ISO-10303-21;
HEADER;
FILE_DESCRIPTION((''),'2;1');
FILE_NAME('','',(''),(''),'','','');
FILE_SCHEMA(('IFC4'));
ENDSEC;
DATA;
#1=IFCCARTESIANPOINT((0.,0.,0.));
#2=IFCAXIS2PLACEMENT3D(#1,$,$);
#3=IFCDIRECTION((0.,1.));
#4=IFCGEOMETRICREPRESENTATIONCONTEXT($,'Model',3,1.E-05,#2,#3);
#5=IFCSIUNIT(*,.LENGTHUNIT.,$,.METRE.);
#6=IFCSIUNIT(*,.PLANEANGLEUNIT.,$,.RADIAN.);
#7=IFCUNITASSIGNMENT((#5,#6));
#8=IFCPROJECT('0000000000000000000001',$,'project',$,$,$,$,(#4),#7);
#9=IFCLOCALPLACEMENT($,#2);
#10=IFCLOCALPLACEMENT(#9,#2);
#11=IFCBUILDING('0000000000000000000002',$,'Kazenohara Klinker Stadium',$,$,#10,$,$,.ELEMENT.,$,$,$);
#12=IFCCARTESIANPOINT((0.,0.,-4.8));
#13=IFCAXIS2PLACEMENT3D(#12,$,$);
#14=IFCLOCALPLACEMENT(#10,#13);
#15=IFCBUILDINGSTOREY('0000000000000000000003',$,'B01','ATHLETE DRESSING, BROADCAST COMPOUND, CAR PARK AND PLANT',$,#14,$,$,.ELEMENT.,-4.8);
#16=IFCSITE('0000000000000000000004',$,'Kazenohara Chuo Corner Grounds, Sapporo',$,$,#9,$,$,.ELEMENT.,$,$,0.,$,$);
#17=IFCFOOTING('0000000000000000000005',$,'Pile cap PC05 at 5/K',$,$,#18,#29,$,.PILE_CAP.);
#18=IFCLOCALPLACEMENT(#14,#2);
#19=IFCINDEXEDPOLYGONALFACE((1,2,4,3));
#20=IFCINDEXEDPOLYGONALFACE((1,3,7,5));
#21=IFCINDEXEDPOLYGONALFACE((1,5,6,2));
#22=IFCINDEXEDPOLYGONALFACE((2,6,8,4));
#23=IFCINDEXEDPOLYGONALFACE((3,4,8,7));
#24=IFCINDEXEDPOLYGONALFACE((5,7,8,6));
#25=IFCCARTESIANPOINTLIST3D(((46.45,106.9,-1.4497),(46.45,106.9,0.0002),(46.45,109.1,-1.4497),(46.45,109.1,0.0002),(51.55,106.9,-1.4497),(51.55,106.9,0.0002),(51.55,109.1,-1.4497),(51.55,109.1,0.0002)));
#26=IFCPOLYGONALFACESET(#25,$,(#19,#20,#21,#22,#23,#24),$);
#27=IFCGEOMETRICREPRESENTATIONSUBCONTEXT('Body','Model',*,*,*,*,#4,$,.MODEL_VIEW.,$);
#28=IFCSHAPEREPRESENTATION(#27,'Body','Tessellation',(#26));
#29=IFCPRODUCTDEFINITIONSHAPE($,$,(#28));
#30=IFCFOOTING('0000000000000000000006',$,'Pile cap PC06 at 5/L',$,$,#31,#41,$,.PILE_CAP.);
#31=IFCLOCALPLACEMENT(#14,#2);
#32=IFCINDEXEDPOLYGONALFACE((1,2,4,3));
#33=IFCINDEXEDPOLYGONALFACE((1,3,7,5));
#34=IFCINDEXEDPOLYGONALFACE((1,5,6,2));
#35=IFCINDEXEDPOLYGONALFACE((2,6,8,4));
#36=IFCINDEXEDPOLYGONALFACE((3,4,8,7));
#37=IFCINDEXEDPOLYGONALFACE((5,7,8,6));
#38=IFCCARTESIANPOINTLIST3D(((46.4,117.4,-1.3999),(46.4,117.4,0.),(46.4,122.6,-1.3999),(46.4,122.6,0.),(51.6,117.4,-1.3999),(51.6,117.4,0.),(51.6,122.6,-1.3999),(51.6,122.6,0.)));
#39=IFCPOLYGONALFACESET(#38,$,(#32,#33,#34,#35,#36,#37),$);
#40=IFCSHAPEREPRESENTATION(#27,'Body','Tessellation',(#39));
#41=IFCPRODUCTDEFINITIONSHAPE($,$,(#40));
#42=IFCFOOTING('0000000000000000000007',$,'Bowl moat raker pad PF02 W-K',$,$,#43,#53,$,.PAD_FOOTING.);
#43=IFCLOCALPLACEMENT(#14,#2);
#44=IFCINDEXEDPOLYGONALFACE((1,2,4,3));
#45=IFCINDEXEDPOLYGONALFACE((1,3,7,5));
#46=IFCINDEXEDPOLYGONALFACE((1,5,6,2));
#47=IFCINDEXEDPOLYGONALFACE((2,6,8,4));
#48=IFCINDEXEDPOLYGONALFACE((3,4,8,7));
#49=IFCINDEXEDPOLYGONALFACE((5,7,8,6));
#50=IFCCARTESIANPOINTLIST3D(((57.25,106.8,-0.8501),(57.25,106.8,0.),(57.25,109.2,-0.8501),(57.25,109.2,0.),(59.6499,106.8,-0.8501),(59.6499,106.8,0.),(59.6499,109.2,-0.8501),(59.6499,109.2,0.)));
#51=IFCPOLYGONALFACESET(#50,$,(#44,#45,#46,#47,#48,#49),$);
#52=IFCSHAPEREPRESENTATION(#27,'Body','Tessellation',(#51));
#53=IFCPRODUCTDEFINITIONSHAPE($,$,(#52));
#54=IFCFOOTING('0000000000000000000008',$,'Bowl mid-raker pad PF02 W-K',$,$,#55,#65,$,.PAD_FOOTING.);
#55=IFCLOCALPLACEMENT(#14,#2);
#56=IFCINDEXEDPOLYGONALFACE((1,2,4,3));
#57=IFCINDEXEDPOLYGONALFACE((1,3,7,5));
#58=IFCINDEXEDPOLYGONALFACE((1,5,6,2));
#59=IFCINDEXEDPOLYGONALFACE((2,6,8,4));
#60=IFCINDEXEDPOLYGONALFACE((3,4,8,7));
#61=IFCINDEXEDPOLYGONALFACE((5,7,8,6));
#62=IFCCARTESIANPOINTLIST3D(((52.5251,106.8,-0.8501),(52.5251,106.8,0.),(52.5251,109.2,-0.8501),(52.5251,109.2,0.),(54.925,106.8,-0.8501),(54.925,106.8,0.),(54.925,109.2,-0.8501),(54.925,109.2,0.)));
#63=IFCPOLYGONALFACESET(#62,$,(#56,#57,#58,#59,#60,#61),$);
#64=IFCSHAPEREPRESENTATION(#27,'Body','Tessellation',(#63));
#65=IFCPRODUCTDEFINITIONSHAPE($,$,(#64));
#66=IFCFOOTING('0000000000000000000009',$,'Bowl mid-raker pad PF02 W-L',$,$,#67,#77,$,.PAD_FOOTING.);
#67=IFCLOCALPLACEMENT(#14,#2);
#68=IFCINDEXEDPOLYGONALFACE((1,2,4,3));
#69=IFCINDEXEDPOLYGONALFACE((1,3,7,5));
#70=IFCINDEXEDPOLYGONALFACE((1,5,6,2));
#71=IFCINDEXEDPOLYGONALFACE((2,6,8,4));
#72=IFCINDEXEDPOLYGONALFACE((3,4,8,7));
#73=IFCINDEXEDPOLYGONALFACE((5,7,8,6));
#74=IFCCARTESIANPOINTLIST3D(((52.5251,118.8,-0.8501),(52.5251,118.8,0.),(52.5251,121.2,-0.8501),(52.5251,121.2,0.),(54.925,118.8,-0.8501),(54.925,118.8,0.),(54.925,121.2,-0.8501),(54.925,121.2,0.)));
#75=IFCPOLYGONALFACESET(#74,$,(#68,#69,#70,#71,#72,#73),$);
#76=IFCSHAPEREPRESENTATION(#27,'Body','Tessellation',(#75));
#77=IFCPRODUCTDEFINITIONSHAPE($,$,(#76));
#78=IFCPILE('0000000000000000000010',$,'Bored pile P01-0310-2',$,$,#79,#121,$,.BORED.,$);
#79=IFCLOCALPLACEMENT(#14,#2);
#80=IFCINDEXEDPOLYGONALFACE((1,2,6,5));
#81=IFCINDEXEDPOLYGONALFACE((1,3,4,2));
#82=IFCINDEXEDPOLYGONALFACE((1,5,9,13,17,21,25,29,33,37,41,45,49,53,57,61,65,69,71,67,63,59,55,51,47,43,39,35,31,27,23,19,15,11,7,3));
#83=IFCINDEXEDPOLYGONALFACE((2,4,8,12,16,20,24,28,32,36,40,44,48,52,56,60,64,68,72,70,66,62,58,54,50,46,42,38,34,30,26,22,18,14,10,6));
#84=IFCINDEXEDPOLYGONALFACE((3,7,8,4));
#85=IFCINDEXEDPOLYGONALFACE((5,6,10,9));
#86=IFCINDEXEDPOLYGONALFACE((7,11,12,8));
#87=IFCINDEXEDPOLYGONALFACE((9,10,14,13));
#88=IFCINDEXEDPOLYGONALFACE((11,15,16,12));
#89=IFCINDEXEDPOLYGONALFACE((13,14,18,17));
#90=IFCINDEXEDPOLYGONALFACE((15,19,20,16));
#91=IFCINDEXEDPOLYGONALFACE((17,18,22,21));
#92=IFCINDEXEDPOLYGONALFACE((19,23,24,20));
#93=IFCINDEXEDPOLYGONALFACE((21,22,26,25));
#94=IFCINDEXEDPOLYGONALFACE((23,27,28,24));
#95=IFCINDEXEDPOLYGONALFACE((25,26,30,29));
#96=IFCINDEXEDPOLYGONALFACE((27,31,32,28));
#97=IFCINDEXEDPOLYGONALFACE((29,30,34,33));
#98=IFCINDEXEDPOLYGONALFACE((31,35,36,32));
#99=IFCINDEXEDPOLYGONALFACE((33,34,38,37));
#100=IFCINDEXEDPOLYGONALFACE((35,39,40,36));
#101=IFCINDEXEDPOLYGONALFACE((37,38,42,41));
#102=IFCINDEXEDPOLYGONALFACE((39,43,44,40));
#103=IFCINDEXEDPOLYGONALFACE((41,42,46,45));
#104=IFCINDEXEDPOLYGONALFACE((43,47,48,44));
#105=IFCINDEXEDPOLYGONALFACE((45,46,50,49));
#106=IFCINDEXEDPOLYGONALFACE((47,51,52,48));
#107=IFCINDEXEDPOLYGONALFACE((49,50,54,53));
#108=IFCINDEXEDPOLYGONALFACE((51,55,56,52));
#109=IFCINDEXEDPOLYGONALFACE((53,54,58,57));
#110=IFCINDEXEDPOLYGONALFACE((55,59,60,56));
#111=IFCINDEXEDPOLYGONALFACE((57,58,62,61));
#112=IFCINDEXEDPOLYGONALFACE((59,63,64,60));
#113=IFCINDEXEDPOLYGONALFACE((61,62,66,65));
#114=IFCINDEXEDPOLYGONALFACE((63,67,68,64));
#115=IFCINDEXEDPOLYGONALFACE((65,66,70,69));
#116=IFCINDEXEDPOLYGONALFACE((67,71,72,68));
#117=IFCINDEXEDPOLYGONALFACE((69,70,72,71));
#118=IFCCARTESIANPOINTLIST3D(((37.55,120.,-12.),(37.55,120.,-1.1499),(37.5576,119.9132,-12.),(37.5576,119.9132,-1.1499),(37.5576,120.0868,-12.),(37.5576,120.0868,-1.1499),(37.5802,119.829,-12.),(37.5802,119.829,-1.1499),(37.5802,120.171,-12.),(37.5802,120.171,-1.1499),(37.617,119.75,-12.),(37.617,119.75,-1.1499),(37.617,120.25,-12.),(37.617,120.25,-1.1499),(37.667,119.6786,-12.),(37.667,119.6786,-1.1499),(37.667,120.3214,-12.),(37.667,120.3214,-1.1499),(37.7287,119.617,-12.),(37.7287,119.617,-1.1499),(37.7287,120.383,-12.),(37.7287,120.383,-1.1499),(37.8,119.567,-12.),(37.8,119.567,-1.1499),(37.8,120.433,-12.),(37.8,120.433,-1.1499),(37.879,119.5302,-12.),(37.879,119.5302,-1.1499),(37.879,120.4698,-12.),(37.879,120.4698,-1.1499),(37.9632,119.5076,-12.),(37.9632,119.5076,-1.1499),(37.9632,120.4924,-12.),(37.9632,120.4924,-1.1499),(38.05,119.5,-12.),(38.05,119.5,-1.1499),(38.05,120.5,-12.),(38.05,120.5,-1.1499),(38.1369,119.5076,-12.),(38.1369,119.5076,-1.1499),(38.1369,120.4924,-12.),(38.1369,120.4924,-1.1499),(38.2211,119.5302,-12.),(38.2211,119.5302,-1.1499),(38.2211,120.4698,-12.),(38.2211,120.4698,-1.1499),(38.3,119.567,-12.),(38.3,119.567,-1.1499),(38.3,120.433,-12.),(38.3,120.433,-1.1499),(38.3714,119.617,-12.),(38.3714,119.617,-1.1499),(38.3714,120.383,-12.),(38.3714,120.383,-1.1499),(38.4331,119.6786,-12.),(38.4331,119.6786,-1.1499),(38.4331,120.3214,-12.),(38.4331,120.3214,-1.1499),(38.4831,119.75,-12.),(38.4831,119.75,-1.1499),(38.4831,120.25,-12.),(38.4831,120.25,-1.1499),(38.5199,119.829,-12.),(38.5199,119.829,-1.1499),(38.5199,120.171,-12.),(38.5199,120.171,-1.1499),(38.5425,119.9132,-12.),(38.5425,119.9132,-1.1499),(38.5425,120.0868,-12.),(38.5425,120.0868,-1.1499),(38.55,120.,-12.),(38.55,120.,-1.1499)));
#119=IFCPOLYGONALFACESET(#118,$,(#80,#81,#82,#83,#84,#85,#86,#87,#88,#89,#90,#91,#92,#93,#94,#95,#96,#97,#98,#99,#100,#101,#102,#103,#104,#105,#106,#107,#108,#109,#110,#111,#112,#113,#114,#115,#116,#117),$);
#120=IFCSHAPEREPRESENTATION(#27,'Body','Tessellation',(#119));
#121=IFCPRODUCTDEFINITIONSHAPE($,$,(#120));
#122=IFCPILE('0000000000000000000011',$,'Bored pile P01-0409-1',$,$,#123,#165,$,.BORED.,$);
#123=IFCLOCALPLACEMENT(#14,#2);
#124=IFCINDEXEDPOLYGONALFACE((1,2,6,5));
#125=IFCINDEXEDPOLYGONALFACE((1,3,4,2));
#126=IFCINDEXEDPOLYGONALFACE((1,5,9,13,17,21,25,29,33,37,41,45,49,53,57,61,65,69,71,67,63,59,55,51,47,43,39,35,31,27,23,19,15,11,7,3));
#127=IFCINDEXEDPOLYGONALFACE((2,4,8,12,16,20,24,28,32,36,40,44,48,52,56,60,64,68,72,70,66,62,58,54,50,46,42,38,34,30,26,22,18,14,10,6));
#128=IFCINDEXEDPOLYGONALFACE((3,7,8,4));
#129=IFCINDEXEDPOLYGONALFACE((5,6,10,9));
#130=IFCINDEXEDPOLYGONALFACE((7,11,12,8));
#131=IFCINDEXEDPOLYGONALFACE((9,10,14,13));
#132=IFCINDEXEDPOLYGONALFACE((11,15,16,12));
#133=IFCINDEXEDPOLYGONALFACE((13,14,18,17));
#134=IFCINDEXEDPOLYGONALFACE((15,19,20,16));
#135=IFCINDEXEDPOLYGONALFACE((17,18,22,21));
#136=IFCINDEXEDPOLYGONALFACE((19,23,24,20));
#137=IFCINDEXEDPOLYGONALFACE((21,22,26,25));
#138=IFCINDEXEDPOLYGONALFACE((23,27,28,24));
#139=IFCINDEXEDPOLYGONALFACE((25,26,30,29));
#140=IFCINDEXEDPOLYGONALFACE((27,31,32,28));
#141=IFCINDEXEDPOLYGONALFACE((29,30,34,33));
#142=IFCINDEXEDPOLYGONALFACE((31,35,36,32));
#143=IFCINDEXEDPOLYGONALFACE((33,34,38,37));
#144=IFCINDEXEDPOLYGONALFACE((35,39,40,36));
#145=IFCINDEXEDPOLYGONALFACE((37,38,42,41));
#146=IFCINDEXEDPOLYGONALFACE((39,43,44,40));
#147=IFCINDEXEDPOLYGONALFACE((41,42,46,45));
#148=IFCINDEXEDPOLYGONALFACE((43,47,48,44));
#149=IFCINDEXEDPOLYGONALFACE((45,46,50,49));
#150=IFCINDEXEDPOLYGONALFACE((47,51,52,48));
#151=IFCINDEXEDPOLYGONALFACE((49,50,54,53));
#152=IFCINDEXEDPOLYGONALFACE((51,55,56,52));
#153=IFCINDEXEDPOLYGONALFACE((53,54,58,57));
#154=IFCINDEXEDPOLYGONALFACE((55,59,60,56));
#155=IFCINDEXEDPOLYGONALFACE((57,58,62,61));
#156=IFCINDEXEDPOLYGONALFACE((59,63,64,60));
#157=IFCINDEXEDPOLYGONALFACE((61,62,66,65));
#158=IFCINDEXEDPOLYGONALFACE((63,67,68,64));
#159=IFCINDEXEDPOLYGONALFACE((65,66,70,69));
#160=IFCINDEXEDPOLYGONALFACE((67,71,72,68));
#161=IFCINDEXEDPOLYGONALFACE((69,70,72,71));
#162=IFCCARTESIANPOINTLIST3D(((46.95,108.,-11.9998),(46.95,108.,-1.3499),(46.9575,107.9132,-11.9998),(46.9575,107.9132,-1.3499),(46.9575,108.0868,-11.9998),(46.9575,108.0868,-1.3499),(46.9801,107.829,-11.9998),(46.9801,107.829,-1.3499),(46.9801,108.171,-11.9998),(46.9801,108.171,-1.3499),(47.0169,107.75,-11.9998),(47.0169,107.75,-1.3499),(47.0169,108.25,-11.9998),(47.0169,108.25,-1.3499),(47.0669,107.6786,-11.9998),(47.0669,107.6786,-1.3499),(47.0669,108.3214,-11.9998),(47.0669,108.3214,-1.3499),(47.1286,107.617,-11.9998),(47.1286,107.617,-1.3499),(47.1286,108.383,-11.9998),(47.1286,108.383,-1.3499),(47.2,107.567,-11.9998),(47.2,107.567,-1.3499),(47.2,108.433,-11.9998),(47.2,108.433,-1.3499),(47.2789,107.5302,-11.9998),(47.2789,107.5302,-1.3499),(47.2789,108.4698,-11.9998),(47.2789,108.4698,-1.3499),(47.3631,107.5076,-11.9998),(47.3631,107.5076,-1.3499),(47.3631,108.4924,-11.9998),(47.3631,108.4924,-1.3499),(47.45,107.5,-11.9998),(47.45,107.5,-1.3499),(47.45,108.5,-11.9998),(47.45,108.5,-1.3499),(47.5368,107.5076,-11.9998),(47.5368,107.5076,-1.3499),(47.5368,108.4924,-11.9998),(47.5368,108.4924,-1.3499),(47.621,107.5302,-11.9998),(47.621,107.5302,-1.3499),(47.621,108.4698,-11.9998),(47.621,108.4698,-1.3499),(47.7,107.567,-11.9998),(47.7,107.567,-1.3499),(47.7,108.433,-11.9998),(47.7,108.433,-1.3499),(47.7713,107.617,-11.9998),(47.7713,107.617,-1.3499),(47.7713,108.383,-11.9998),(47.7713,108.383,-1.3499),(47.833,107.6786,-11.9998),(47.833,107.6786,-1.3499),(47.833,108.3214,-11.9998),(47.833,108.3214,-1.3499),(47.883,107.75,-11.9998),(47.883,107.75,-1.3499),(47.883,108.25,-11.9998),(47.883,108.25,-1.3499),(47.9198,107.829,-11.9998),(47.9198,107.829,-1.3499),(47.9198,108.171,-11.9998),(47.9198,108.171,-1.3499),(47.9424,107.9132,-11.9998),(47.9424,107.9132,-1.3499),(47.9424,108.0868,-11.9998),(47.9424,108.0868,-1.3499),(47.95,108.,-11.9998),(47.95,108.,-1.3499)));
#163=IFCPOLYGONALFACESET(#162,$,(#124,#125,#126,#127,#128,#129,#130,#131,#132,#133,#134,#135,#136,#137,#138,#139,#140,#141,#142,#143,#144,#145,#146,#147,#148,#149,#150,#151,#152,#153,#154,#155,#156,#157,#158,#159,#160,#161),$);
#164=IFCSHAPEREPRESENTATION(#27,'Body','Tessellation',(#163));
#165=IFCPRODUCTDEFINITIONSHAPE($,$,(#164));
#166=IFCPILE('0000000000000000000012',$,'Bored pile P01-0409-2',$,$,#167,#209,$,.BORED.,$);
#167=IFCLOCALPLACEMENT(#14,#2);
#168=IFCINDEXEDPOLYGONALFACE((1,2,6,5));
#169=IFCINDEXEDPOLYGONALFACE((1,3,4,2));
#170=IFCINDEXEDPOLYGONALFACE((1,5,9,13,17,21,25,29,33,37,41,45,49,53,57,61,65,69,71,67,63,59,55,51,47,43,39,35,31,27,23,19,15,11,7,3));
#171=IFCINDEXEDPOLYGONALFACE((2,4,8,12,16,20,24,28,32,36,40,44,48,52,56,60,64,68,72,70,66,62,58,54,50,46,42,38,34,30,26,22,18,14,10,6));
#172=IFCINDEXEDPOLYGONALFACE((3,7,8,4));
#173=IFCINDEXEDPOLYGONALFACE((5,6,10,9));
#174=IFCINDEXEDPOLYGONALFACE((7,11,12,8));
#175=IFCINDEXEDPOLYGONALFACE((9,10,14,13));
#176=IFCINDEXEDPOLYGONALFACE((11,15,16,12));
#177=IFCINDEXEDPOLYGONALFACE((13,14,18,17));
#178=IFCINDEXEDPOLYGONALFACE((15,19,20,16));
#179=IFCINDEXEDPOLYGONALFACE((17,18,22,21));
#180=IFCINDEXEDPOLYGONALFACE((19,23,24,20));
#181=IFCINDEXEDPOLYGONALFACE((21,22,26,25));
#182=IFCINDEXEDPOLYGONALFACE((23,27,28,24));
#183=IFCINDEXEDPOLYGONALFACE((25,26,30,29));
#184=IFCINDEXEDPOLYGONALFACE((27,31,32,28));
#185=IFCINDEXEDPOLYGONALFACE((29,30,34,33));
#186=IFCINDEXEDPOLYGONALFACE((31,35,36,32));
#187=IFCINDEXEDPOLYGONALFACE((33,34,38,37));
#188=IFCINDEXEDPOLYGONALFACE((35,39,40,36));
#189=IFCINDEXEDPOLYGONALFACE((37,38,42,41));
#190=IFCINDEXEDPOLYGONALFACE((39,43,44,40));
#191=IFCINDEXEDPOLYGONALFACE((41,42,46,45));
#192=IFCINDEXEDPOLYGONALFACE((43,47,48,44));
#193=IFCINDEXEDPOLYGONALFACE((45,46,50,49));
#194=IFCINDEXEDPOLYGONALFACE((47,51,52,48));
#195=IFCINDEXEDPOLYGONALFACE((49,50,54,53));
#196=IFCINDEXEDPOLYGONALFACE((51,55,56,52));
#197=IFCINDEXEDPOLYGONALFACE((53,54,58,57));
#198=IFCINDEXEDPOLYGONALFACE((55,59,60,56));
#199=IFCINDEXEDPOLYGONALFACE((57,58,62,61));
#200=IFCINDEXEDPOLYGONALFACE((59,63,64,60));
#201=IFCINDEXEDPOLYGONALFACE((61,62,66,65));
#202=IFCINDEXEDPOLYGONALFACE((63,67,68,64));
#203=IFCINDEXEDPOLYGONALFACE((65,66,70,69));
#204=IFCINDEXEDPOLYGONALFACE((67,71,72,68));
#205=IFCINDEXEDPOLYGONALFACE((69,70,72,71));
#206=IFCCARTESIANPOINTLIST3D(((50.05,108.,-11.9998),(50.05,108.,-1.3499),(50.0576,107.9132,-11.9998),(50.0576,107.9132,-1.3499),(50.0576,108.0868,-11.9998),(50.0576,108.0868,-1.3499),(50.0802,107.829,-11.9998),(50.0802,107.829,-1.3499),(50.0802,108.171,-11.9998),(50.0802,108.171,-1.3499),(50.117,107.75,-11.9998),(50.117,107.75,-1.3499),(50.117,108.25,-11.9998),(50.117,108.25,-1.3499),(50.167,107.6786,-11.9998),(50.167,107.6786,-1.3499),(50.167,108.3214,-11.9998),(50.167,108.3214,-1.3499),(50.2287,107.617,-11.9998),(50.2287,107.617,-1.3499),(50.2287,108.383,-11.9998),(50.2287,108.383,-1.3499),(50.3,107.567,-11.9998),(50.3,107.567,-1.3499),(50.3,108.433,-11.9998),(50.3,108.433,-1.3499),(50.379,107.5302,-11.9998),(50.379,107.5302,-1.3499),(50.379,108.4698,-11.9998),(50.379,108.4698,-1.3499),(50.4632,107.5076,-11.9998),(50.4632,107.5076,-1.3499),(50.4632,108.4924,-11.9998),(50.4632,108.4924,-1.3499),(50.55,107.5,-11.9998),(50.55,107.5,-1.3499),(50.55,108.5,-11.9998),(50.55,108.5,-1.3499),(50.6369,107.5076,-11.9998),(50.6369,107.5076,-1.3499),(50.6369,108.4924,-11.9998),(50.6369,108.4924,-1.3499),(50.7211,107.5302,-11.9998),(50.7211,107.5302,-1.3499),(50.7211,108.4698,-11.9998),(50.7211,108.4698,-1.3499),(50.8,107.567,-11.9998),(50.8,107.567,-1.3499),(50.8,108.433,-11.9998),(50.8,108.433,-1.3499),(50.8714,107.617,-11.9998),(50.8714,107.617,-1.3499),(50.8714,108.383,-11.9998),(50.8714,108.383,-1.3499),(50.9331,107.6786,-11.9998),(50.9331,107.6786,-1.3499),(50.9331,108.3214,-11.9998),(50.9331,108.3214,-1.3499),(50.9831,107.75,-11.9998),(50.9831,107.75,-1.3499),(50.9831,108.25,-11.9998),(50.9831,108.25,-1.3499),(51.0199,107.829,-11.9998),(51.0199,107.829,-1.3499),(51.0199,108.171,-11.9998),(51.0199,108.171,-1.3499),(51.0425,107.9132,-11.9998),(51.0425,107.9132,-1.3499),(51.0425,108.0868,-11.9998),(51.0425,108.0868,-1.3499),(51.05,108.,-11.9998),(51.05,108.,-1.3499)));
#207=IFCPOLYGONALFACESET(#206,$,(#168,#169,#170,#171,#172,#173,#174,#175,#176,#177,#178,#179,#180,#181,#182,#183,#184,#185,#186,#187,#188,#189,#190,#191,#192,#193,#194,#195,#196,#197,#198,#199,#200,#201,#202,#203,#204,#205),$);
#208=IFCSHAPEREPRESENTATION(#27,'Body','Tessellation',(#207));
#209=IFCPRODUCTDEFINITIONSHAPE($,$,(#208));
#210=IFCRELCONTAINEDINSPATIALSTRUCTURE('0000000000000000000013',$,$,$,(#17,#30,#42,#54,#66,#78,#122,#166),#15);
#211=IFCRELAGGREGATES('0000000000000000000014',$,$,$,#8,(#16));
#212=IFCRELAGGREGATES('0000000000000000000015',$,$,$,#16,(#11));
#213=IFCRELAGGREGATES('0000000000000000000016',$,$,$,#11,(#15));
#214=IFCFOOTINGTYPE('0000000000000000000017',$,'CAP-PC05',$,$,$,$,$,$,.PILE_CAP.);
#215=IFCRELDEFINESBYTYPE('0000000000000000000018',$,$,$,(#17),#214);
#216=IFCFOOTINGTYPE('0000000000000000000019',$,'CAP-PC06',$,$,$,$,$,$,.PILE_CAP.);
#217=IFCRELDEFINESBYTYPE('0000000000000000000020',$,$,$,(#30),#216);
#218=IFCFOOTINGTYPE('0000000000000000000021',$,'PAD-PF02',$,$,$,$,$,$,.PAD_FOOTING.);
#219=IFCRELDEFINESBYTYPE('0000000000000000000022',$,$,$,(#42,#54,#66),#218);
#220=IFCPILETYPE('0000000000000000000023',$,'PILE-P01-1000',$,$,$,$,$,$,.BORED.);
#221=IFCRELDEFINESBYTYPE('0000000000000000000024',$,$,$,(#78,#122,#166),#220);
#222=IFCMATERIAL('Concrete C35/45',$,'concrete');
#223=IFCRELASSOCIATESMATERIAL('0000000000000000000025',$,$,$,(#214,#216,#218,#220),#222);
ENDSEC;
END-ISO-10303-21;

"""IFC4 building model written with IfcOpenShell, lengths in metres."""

from ifc_helpers import new_model, si_unit, direction, frame, origin, origin_2d, place, context, subcontext, project, spatial, rectangle, circle, extrude, material, material_profile, profile_set, type_object, element, save


model = new_model("IFC4")

# Units and contexts
model_context = context("Model", 3, precision=1e-05, world=origin(), true_north=direction((0.0, 1.0)))
body_context = subcontext(model_context, "Body", "Model", "MODEL_VIEW")
ifc_project = project(units=[si_unit("LENGTHUNIT", "METRE"), si_unit("PLANEANGLEUNIT", "RADIAN")], contexts=[model_context])

# Site, building, storey
site_placement = place(None, origin())
site = spatial("IfcSite", under=ifc_project, at=site_placement, Name="Kazenohara Chuo Corner Grounds, Sapporo", CompositionType="ELEMENT", RefElevation=0.0)
building_placement = place(site_placement, origin())
building = spatial("IfcBuilding", under=site, at=building_placement, Name="Kazenohara Klinker Stadium", CompositionType="ELEMENT")
storey_placement = place(building_placement, frame((0.0, 0.0, -4.8)))
storey = spatial("IfcBuildingStorey", under=building, at=storey_placement, Name="B01", Description="ATHLETE DRESSING, BROADCAST COMPOUND, CAR PARK AND PLANT", CompositionType="ELEMENT", Elevation=-4.8)

# Footings
ifc_material_1 = material(Name="Concrete C35/45", Category="concrete")
footing_type_1 = type_object("IfcFootingType", Name="CAP-PC05", PredefinedType="PILE_CAP", material=ifc_material_1)
footing_1_placement = place(storey_placement, frame((49.0, 108.0, -1.4497), z_axis=(0.0, 0.0, 1.0), x_axis=(1.0, 0.0, 0.0)))
element("IfcFooting", 1, at=footing_1_placement, inside=storey, type_object=footing_type_1, Name="Pile cap PC05 at 5/K", PredefinedType="PILE_CAP", context=body_context, shape_type="SweptSolid", body=[
    extrude(rectangle(XDim=5.1001, YDim=2.2, at=origin_2d()), origin(), (0.0, 0.0, 1.0), 1.45),
])
footing_type_2 = type_object("IfcFootingType", Name="CAP-PC06", PredefinedType="PILE_CAP", material=ifc_material_1)
footing_2_placement = place(storey_placement, frame((49.0, 120.0, -1.3999), z_axis=(0.0, 0.0, 1.0), x_axis=(1.0, 0.0, 0.0)))
element("IfcFooting", 2, at=footing_2_placement, inside=storey, type_object=footing_type_2, Name="Pile cap PC06 at 5/L", PredefinedType="PILE_CAP", context=body_context, shape_type="SweptSolid", body=[
    extrude(rectangle(XDim=5.2, YDim=5.2, at=origin_2d()), origin(), (0.0, 0.0, 1.0), 1.3999),
])
footing_type_3 = type_object("IfcFootingType", Name="PAD-PF02", PredefinedType="PAD_FOOTING", material=ifc_material_1)
for number, where, z_axis, x_axis, name in (
    (3, (58.45, 108.0, -0.8501), (0.0, 0.0, 1.0), (1.0, 0.0, 0.0), "Bowl moat raker pad PF02 W-K"),
    (4, (53.7251, 108.0, -0.8501), (0.0, 0.0, 1.0), (1.0, 0.0, 0.0), "Bowl mid-raker pad PF02 W-K"),
    (5, (53.7251, 120.0, -0.8501), (0.0, 0.0, 1.0), (1.0, 0.0, 0.0), "Bowl mid-raker pad PF02 W-L"),
):
    element("IfcFooting", number, at=place(storey_placement, frame(where, z_axis=z_axis, x_axis=x_axis)), inside=storey, type_object=footing_type_3, Name=name, PredefinedType="PAD_FOOTING", context=body_context, shape_type="SweptSolid", body=[
        extrude(rectangle(XDim=2.3999, YDim=2.3999, at=origin_2d()), origin(), (0.0, 0.0, 1.0), 0.8501),
    ])

# Piles
ifc_material_profile_1 = material_profile(ifc_material_1, circle(Radius=0.5, at=origin_2d()), Name="BORED-PILE-1000")
ifc_profile_set_1 = profile_set([ifc_material_profile_1], Name="Concrete C35/45")
pile_type_1 = type_object("IfcPileType", Name="PILE-P01-1000", PredefinedType="BORED", material=ifc_profile_set_1)
pile_placement = place(storey_placement, frame((38.05, 120.0, -1.1499), z_axis=(0.0, 0.0, -1.0), x_axis=(1.0, 0.0, 0.0)))
element("IfcPile", 6, at=pile_placement, inside=storey, type_object=pile_type_1, Name="Bored pile P01-0310-2", PredefinedType="BORED", context=body_context, shape_type="SweptSolid", body=[
    extrude(circle(Radius=0.5, at=origin_2d()), origin(), (0.0, 0.0, 1.0), 10.8501),
])
for number, where, z_axis, x_axis, name in (
    (7, (47.45, 108.0, -1.3499), (0.0, 0.0, -1.0), (1.0, 0.0, 0.0), "Bored pile P01-0409-1"),
    (8, (50.55, 108.0, -1.3499), (0.0, 0.0, -1.0), (1.0, 0.0, 0.0), "Bored pile P01-0409-2"),
):
    element("IfcPile", number, at=place(storey_placement, frame(where, z_axis=z_axis, x_axis=x_axis)), inside=storey, type_object=pile_type_1, Name=name, PredefinedType="BORED", context=body_context, shape_type="SweptSolid", body=[
        extrude(circle(Radius=0.5, at=origin_2d()), origin(), (0.0, 0.0, 1.0), 10.6499),
    ])

save(model, "model.ifc")
